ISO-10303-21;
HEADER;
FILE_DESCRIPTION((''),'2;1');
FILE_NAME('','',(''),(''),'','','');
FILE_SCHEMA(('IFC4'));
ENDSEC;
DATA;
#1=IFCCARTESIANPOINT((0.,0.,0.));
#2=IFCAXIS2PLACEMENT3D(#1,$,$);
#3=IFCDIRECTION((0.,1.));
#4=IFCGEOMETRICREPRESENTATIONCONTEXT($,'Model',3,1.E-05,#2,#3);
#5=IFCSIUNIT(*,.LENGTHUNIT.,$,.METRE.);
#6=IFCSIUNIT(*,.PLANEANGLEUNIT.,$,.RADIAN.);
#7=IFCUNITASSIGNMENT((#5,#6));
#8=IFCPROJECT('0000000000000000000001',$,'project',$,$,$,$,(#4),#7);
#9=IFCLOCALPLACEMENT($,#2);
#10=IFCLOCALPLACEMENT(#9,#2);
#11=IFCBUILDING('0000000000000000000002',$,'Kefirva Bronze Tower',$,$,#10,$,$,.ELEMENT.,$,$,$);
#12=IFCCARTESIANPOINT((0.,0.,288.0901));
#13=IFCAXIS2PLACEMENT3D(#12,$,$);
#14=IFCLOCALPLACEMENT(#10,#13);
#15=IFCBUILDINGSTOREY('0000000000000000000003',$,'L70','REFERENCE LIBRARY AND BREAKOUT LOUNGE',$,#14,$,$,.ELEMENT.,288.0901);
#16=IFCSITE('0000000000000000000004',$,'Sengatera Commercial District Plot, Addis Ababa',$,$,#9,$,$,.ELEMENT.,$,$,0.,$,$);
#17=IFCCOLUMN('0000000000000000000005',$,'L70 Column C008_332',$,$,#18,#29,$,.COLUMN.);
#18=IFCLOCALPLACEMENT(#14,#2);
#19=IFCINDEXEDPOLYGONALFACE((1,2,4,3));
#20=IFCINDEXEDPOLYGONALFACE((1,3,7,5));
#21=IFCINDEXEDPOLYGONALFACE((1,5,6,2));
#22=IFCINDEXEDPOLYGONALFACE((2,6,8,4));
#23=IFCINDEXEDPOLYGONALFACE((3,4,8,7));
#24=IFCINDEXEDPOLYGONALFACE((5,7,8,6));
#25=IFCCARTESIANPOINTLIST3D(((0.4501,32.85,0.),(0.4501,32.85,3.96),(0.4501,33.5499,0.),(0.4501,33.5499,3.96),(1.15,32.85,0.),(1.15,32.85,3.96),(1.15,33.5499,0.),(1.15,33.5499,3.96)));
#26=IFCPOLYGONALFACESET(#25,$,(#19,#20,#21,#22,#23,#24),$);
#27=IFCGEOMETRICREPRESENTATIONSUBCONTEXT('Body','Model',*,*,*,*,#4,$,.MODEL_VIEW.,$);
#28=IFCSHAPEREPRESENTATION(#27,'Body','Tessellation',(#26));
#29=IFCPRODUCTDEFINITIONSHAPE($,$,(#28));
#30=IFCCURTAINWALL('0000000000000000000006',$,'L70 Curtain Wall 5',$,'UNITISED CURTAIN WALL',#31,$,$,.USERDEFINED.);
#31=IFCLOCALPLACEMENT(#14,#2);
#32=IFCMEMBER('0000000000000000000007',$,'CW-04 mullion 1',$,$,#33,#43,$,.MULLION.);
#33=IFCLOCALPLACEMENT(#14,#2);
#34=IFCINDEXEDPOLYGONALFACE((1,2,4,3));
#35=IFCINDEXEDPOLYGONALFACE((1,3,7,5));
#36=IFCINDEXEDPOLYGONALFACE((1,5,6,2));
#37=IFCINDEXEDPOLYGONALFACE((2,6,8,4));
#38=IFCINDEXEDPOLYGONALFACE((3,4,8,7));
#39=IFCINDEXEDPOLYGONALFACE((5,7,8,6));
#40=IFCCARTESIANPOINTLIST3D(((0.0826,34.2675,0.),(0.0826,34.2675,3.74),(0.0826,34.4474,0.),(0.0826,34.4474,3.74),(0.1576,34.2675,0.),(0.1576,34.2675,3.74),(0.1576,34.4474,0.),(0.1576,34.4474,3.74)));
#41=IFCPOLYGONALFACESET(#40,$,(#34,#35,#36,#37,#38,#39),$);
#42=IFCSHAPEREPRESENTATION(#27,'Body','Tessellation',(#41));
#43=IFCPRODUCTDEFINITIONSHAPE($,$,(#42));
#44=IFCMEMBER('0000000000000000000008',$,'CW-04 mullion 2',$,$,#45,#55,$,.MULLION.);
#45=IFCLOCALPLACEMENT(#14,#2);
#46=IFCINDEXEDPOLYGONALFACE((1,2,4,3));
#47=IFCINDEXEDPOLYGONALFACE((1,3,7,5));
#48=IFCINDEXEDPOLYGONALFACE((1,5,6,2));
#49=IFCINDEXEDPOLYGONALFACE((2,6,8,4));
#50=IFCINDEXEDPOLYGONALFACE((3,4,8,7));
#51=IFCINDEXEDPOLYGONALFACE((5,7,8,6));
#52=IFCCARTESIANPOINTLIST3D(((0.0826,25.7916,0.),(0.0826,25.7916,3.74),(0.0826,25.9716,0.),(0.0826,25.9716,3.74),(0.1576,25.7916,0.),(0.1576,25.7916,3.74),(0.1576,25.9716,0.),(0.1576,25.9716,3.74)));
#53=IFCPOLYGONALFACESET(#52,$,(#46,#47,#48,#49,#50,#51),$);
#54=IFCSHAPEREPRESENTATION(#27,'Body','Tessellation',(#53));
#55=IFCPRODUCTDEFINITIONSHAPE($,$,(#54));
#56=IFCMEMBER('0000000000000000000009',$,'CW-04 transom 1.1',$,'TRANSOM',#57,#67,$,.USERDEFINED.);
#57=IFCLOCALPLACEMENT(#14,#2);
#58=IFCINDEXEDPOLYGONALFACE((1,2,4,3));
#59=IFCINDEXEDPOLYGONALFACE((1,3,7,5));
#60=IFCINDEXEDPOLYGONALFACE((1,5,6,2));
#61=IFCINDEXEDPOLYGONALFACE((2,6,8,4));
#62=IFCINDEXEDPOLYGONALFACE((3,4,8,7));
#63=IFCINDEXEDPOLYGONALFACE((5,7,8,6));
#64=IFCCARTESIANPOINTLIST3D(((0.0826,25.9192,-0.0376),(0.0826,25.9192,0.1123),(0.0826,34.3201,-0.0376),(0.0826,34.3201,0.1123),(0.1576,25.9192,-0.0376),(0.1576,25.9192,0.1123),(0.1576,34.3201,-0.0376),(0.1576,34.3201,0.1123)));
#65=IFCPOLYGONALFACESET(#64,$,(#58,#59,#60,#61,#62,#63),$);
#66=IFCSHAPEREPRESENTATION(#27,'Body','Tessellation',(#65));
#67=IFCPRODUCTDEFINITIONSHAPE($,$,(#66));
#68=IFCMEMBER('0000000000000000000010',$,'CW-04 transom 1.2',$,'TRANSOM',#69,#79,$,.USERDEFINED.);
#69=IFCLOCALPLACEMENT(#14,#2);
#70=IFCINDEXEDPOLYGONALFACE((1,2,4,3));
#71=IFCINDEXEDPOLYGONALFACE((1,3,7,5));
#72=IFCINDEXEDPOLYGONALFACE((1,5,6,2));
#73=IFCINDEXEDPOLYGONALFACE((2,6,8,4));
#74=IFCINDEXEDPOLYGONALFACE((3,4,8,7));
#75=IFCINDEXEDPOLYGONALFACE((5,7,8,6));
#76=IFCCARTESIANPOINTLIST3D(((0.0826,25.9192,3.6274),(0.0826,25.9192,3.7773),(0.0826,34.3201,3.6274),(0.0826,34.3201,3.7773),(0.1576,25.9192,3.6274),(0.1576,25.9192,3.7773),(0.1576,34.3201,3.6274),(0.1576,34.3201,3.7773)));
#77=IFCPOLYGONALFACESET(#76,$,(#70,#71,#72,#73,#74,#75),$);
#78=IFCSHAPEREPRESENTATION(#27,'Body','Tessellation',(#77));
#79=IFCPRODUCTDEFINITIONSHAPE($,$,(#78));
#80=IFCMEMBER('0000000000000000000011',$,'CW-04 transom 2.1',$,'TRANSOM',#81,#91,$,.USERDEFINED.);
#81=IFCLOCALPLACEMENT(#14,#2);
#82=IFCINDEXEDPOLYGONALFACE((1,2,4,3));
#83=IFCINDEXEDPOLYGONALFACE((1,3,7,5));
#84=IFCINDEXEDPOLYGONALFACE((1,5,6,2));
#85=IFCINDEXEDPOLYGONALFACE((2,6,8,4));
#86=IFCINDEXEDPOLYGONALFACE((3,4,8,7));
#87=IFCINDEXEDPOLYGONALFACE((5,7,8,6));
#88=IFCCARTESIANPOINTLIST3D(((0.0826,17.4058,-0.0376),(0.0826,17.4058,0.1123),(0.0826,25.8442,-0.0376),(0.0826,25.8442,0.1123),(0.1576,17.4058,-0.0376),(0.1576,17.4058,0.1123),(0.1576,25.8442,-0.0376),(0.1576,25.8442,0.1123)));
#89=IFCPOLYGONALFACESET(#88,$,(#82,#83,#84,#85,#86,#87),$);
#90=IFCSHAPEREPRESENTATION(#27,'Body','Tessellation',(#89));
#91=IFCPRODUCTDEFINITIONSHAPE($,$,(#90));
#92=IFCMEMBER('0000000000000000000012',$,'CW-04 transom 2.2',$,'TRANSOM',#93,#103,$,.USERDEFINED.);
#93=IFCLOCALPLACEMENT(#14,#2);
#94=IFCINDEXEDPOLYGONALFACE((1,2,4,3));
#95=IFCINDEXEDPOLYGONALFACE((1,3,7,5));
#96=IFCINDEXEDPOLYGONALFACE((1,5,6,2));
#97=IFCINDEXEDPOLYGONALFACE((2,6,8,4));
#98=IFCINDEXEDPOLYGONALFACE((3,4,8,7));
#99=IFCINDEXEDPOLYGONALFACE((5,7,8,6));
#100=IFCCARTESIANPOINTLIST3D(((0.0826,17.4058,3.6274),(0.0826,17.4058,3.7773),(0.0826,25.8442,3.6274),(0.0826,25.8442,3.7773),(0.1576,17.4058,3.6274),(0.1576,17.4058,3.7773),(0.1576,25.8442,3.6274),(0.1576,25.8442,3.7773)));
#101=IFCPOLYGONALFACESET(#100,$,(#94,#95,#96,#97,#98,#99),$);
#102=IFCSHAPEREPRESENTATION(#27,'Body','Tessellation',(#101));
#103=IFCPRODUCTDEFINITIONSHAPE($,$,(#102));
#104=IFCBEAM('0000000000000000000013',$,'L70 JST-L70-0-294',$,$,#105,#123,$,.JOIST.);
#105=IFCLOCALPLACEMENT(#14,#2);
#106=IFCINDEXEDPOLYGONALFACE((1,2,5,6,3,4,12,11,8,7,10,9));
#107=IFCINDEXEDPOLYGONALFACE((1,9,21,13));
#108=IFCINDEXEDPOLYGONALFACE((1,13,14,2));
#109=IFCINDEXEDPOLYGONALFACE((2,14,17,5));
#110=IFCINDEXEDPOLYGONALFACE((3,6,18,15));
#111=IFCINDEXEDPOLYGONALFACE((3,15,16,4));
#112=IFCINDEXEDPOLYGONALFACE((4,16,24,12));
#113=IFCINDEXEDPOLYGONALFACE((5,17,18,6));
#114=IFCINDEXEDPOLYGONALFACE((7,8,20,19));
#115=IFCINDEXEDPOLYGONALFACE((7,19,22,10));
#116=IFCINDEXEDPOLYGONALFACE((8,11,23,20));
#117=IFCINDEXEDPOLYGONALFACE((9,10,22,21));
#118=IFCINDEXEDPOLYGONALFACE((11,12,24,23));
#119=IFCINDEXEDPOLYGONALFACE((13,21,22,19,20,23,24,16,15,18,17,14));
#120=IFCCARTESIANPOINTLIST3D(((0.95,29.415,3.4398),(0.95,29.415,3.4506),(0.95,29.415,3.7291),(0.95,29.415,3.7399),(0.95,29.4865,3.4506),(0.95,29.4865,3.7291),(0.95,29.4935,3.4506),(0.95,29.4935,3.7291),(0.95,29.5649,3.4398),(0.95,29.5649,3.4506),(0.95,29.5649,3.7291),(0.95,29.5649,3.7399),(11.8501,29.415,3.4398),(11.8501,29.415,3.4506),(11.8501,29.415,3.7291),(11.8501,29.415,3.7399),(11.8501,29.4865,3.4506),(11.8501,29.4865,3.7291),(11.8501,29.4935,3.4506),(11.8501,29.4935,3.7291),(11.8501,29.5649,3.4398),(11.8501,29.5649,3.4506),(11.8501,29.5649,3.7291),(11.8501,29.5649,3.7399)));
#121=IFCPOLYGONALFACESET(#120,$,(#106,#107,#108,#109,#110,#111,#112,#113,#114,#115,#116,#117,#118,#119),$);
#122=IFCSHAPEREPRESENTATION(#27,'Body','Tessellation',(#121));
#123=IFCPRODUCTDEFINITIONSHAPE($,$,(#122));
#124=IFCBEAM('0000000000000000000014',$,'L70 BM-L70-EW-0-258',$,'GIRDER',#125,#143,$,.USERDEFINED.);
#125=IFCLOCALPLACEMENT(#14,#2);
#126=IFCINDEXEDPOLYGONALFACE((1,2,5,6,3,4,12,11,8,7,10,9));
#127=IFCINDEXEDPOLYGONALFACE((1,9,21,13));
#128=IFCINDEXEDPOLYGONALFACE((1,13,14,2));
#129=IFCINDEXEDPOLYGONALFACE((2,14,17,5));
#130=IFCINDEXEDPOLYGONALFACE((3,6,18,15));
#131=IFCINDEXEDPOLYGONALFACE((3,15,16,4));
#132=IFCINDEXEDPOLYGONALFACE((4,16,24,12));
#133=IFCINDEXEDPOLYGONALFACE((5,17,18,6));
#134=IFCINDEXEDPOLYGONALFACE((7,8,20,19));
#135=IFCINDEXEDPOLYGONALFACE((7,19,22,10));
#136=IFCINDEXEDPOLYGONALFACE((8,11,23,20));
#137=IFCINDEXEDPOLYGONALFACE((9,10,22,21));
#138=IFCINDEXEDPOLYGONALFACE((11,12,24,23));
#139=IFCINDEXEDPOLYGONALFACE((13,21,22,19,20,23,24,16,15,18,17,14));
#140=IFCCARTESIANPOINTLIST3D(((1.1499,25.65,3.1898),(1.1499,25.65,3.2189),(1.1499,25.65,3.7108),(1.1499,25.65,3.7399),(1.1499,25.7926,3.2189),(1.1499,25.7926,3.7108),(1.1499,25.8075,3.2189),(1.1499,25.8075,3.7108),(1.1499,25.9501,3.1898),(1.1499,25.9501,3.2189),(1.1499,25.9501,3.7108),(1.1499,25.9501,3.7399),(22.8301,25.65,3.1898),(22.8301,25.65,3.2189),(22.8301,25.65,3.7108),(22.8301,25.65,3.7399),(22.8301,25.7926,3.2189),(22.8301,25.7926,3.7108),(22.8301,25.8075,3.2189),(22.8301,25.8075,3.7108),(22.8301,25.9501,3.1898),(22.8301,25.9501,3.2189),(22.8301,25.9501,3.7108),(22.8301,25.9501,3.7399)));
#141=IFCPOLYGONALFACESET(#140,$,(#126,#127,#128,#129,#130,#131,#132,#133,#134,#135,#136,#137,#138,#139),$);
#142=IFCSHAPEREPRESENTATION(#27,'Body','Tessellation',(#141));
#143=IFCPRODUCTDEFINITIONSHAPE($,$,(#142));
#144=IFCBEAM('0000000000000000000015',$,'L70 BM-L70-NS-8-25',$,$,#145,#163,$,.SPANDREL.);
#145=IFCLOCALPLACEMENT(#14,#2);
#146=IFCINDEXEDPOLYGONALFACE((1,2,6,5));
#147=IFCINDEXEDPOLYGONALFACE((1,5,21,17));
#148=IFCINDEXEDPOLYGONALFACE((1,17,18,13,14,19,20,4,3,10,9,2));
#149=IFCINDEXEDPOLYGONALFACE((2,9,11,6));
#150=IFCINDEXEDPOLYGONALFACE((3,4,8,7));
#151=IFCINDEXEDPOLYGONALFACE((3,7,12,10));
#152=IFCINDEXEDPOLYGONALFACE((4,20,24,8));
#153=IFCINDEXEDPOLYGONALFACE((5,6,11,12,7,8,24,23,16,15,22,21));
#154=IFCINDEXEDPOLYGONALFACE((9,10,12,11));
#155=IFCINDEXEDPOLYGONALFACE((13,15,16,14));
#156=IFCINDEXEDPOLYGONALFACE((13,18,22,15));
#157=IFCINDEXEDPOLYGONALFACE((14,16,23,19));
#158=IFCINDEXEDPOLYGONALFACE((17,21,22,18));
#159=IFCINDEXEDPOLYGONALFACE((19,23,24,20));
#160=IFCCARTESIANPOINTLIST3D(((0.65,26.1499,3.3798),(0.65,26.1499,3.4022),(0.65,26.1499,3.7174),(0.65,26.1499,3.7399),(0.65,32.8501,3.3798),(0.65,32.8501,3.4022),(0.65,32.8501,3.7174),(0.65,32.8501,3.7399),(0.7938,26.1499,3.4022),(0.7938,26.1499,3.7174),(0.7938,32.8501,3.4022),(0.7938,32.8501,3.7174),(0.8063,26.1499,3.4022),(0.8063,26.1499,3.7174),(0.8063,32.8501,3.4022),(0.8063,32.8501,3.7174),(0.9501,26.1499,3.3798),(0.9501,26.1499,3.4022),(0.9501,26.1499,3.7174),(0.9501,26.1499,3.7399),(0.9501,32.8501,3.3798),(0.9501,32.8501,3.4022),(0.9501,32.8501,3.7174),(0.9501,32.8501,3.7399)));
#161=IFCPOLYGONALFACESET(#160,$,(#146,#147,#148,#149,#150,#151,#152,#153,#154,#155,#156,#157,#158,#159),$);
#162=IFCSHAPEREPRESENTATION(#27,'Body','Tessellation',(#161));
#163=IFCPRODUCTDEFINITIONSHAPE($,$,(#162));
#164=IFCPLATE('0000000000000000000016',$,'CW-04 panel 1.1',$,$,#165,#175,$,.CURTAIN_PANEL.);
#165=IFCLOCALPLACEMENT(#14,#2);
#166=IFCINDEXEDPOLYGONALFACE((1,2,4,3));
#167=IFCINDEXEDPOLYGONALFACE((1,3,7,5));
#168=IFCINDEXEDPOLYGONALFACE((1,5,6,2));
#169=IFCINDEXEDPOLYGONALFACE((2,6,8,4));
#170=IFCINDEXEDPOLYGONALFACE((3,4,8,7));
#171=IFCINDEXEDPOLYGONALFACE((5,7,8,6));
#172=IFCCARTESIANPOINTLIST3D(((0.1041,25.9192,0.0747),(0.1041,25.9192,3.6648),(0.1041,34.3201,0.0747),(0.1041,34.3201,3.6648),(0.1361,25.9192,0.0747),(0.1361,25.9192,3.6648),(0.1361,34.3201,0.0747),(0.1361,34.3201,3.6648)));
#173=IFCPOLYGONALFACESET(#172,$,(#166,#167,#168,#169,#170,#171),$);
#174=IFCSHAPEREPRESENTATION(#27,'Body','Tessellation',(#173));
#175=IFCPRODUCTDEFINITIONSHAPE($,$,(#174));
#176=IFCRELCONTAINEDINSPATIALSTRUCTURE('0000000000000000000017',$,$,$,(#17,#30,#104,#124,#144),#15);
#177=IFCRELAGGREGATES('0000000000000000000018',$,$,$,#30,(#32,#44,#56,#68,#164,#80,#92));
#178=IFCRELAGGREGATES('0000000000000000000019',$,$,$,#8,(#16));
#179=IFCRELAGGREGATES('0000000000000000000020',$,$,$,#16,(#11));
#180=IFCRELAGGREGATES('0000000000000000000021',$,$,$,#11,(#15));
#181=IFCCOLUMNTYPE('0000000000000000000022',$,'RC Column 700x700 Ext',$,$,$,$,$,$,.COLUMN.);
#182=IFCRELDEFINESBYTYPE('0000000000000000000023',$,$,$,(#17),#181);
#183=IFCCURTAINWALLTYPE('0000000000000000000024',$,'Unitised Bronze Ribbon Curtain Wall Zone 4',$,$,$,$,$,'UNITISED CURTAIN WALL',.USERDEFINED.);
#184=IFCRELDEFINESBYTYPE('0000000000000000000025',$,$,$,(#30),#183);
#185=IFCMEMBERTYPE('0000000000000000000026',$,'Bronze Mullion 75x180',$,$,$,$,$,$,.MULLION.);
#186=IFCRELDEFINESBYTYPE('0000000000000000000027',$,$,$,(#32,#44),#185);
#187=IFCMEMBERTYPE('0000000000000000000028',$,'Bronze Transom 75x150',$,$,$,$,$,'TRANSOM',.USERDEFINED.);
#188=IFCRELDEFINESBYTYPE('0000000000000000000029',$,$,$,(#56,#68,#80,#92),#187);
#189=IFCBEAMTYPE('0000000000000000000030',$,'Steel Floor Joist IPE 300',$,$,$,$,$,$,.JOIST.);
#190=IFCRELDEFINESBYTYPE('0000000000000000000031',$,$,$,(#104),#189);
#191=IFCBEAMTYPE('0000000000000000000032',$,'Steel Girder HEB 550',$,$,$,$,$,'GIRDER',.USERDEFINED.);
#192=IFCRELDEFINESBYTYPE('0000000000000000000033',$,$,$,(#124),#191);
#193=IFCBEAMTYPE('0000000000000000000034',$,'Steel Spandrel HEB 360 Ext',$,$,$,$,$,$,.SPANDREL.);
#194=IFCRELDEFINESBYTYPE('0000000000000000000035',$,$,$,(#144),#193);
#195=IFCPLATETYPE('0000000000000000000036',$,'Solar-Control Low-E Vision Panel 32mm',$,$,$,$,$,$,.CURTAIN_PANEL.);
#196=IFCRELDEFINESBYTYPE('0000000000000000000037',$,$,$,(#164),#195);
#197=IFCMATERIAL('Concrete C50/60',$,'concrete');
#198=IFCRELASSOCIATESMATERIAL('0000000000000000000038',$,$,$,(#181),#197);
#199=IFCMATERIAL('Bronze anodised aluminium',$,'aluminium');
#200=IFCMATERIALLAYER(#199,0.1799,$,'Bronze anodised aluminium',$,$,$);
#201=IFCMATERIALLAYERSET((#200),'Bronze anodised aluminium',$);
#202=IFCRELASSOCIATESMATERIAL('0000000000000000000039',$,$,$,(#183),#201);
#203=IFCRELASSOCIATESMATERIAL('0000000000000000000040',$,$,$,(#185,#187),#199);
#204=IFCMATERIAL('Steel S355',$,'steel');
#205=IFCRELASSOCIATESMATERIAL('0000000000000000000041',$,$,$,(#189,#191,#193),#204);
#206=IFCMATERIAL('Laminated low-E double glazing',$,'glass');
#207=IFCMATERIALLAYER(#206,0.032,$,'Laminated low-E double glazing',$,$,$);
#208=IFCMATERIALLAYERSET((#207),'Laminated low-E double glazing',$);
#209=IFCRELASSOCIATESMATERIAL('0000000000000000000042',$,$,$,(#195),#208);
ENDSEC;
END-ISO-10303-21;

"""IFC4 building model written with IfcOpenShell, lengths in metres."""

from ifc_helpers import new_model, si_unit, direction, frame, origin, origin_2d, place, context, subcontext, project, spatial, rectangle, i_section, extrude, material, layer, layer_set, material_profile, profile_set, type_object, element, aggregate, save


model = new_model("IFC4")

# Units and contexts
model_context = context("Model", 3, precision=1e-05, world=origin(), true_north=direction((0.0, 1.0)))
body_context = subcontext(model_context, "Body", "Model", "MODEL_VIEW")
ifc_project = project(units=[si_unit("LENGTHUNIT", "METRE"), si_unit("PLANEANGLEUNIT", "RADIAN")], contexts=[model_context])

# Site, building, storey
site_placement = place(None, origin())
site = spatial("IfcSite", under=ifc_project, at=site_placement, Name="Sengatera Commercial District Plot, Addis Ababa", CompositionType="ELEMENT", RefElevation=0.0)
building_placement = place(site_placement, origin())
building = spatial("IfcBuilding", under=site, at=building_placement, Name="Kefirva Bronze Tower", CompositionType="ELEMENT")
storey_placement = place(building_placement, frame((0.0, 0.0, 288.0901)))
storey = spatial("IfcBuildingStorey", under=building, at=storey_placement, Name="L70", Description="REFERENCE LIBRARY AND BREAKOUT LOUNGE", CompositionType="ELEMENT", Elevation=288.0901)

# Column
ifc_material_1 = material(Name="Concrete C50/60", Category="concrete")
ifc_material_profile_1 = material_profile(ifc_material_1, rectangle(XDim=0.7, YDim=0.7, at=origin_2d()), Name="RC 700x700")
ifc_profile_set_1 = profile_set([ifc_material_profile_1], Name="Concrete C50/60")
column_type = type_object("IfcColumnType", Name="RC Column 700x700 Ext", PredefinedType="COLUMN", material=ifc_profile_set_1)
column_placement = place(storey_placement, frame((0.8, 33.2, 0.0), z_axis=(0.0, 0.0, 1.0), x_axis=(1.0, 0.0, 0.0)))
element("IfcColumn", 1, at=column_placement, inside=storey, type_object=column_type, Name="L70 Column C008_332", PredefinedType="COLUMN", context=body_context, shape_type="SweptSolid", body=[
    extrude(rectangle(XDim=0.7, YDim=0.7, at=origin_2d()), origin(), (0.0, 0.0, 1.0), 3.96),
])

# Curtain wall, members
ifc_material_2 = material(Name="Bronze anodised aluminium", Category="aluminium")
ifc_layer_1 = layer(ifc_material_2, 0.1799, Name="Bronze anodised aluminium")
ifc_layer_set_1 = layer_set([ifc_layer_1], Name="Bronze anodised aluminium")
curtain_wall_type = type_object("IfcCurtainWallType", Name="Unitised Bronze Ribbon Curtain Wall Zone 4", ElementType="UNITISED CURTAIN WALL", PredefinedType="USERDEFINED", material=ifc_layer_set_1)
curtain_wall_placement = place(storey_placement, origin())
curtain_wall = element("IfcCurtainWall", 2, at=curtain_wall_placement, inside=storey, type_object=curtain_wall_type, Name="L70 Curtain Wall 5", ObjectType="UNITISED CURTAIN WALL", PredefinedType="USERDEFINED")
ifc_material_profile_2 = material_profile(ifc_material_2, rectangle(XDim=0.075, YDim=0.1799, at=origin_2d()), Name="ALU 75x180")
ifc_profile_set_2 = profile_set([ifc_material_profile_2], Name="Bronze anodised aluminium")
member_type_1 = type_object("IfcMemberType", Name="Bronze Mullion 75x180", PredefinedType="MULLION", material=ifc_profile_set_2)
member_1_placement = place(storey_placement, frame((0.1201, 34.3574, 0.0), z_axis=(0.0, 0.0, 1.0), x_axis=(1.0, 0.0, 0.0)))
member_1 = element("IfcMember", 3, at=member_1_placement, type_object=member_type_1, Name="CW-04 mullion 1", PredefinedType="MULLION", context=body_context, shape_type="SweptSolid", body=[
    extrude(rectangle(XDim=0.075, YDim=0.1799, at=origin_2d()), origin(), (0.0, 0.0, 1.0), 3.74),
])
member_2_placement = place(storey_placement, frame((0.1201, 25.8816, 0.0), z_axis=(0.0, 0.0, 1.0), x_axis=(1.0, 0.0, 0.0)))
member_2 = element("IfcMember", 4, at=member_2_placement, type_object=member_type_1, Name="CW-04 mullion 2", PredefinedType="MULLION", context=body_context, shape_type="SweptSolid", body=[
    extrude(rectangle(XDim=0.075, YDim=0.1799, at=origin_2d()), origin(), (0.0, 0.0, 1.0), 3.74),
])
ifc_material_profile_3 = material_profile(ifc_material_2, rectangle(XDim=0.075, YDim=0.1499, at=origin_2d()), Name="ALU 75x150")
ifc_profile_set_3 = profile_set([ifc_material_profile_3], Name="Bronze anodised aluminium")
member_type_2 = type_object("IfcMemberType", Name="Bronze Transom 75x150", ElementType="TRANSOM", PredefinedType="USERDEFINED", material=ifc_profile_set_3)
member_3_placement = place(storey_placement, frame((0.1201, 34.3201, 0.0374), z_axis=(0.0, -1.0, 0.0), x_axis=(1.0, 0.0, 0.0)))
member_3 = element("IfcMember", 5, at=member_3_placement, type_object=member_type_2, Name="CW-04 transom 1.1", ObjectType="TRANSOM", PredefinedType="USERDEFINED", context=body_context, shape_type="SweptSolid", body=[
    extrude(rectangle(XDim=0.075, YDim=0.1499, at=origin_2d()), origin(), (0.0, 0.0, 1.0), 8.4009),
])
member_4_placement = place(storey_placement, frame((0.1201, 34.3201, 3.7024), z_axis=(0.0, -1.0, 0.0), x_axis=(1.0, 0.0, 0.0)))
member_4 = element("IfcMember", 6, at=member_4_placement, type_object=member_type_2, Name="CW-04 transom 1.2", ObjectType="TRANSOM", PredefinedType="USERDEFINED", context=body_context, shape_type="SweptSolid", body=[
    extrude(rectangle(XDim=0.075, YDim=0.1499, at=origin_2d()), origin(), (0.0, 0.0, 1.0), 8.4009),
])
member_5_placement = place(storey_placement, frame((0.1201, 25.8442, 0.0374), z_axis=(0.0, -1.0, 0.0), x_axis=(1.0, 0.0, 0.0)))
member_5 = element("IfcMember", 7, at=member_5_placement, type_object=member_type_2, Name="CW-04 transom 2.1", ObjectType="TRANSOM", PredefinedType="USERDEFINED", context=body_context, shape_type="SweptSolid", body=[
    extrude(rectangle(XDim=0.075, YDim=0.1499, at=origin_2d()), origin(), (0.0, 0.0, 1.0), 8.4385),
])
member_6_placement = place(storey_placement, frame((0.1201, 25.8442, 3.7024), z_axis=(0.0, -1.0, 0.0), x_axis=(1.0, 0.0, 0.0)))
member_6 = element("IfcMember", 8, at=member_6_placement, type_object=member_type_2, Name="CW-04 transom 2.2", ObjectType="TRANSOM", PredefinedType="USERDEFINED", context=body_context, shape_type="SweptSolid", body=[
    extrude(rectangle(XDim=0.075, YDim=0.1499, at=origin_2d()), origin(), (0.0, 0.0, 1.0), 8.4385),
])

# Beams
ifc_material_3 = material(Name="Steel S355", Category="steel")
ifc_material_profile_4 = material_profile(ifc_material_3, i_section(OverallWidth=0.1499, OverallDepth=0.3, WebThickness=0.0071, FlangeThickness=0.0107, at=origin_2d()), Name="IPE 300")
ifc_profile_set_4 = profile_set([ifc_material_profile_4], Name="Steel S355")
beam_type_1 = type_object("IfcBeamType", Name="Steel Floor Joist IPE 300", PredefinedType="JOIST", material=ifc_profile_set_4)
beam_1_placement = place(storey_placement, frame((0.95, 29.49, 3.5898), z_axis=(1.0, 0.0, 0.0), x_axis=(0.0, 1.0, 0.0)))
element("IfcBeam", 9, at=beam_1_placement, inside=storey, type_object=beam_type_1, Name="L70 JST-L70-0-294", PredefinedType="JOIST", context=body_context, shape_type="SweptSolid", body=[
    extrude(i_section(OverallWidth=0.1499, OverallDepth=0.3, WebThickness=0.0071, FlangeThickness=0.0107, at=origin_2d()), origin(), (0.0, 0.0, 1.0), 10.9001),
])
ifc_material_profile_5 = material_profile(ifc_material_3, i_section(OverallWidth=0.3, OverallDepth=0.55, WebThickness=0.0149, FlangeThickness=0.0291, at=origin_2d()), Name="HEB 550")
ifc_profile_set_5 = profile_set([ifc_material_profile_5], Name="Steel S355")
beam_type_2 = type_object("IfcBeamType", Name="Steel Girder HEB 550", ElementType="GIRDER", PredefinedType="USERDEFINED", material=ifc_profile_set_5)
beam_2_placement = place(storey_placement, frame((1.1499, 25.8, 3.4648), z_axis=(1.0, 0.0, 0.0), x_axis=(0.0, 1.0, 0.0)))
element("IfcBeam", 10, at=beam_2_placement, inside=storey, type_object=beam_type_2, Name="L70 BM-L70-EW-0-258", ObjectType="GIRDER", PredefinedType="USERDEFINED", context=body_context, shape_type="SweptSolid", body=[
    extrude(i_section(OverallWidth=0.3, OverallDepth=0.55, WebThickness=0.0149, FlangeThickness=0.0291, at=origin_2d()), origin(), (0.0, 0.0, 1.0), 21.6802),
])
ifc_material_profile_6 = material_profile(ifc_material_3, i_section(OverallWidth=0.3, OverallDepth=0.3601, WebThickness=0.0125, FlangeThickness=0.0225, at=origin_2d()), Name="HEB 360")
ifc_profile_set_6 = profile_set([ifc_material_profile_6], Name="Steel S355")
beam_type_3 = type_object("IfcBeamType", Name="Steel Spandrel HEB 360 Ext", PredefinedType="SPANDREL", material=ifc_profile_set_6)
beam_3_placement = place(storey_placement, frame((0.8, 26.1499, 3.5598), z_axis=(0.0, 1.0, 0.0), x_axis=(-1.0, 0.0, 0.0)))
element("IfcBeam", 11, at=beam_3_placement, inside=storey, type_object=beam_type_3, Name="L70 BM-L70-NS-8-25", PredefinedType="SPANDREL", context=body_context, shape_type="SweptSolid", body=[
    extrude(i_section(OverallWidth=0.3, OverallDepth=0.3601, WebThickness=0.0125, FlangeThickness=0.0225, at=origin_2d()), origin(), (0.0, 0.0, 1.0), 6.7002),
])

# Plate
ifc_material_4 = material(Name="Laminated low-E double glazing", Category="glass")
ifc_layer_2 = layer(ifc_material_4, 0.032, Name="Laminated low-E double glazing")
ifc_layer_set_2 = layer_set([ifc_layer_2], Name="Laminated low-E double glazing")
plate_type = type_object("IfcPlateType", Name="Solar-Control Low-E Vision Panel 32mm", PredefinedType="CURTAIN_PANEL", material=ifc_layer_set_2)
plate_placement = place(storey_placement, frame((0.1201, 30.1196, 0.0747), z_axis=(0.0, 0.0, 1.0), x_axis=(0.0, -1.0, 0.0)))
plate = element("IfcPlate", 12, at=plate_placement, type_object=plate_type, Name="CW-04 panel 1.1", PredefinedType="CURTAIN_PANEL", context=body_context, shape_type="SweptSolid", body=[
    extrude(rectangle(XDim=8.4009, YDim=0.032, at=origin_2d()), origin(), (0.0, 0.0, 1.0), 3.5901),
])
aggregate(curtain_wall, [member_1, member_2, member_3, member_4, plate, member_5, member_6])

save(model, "model.ifc")
